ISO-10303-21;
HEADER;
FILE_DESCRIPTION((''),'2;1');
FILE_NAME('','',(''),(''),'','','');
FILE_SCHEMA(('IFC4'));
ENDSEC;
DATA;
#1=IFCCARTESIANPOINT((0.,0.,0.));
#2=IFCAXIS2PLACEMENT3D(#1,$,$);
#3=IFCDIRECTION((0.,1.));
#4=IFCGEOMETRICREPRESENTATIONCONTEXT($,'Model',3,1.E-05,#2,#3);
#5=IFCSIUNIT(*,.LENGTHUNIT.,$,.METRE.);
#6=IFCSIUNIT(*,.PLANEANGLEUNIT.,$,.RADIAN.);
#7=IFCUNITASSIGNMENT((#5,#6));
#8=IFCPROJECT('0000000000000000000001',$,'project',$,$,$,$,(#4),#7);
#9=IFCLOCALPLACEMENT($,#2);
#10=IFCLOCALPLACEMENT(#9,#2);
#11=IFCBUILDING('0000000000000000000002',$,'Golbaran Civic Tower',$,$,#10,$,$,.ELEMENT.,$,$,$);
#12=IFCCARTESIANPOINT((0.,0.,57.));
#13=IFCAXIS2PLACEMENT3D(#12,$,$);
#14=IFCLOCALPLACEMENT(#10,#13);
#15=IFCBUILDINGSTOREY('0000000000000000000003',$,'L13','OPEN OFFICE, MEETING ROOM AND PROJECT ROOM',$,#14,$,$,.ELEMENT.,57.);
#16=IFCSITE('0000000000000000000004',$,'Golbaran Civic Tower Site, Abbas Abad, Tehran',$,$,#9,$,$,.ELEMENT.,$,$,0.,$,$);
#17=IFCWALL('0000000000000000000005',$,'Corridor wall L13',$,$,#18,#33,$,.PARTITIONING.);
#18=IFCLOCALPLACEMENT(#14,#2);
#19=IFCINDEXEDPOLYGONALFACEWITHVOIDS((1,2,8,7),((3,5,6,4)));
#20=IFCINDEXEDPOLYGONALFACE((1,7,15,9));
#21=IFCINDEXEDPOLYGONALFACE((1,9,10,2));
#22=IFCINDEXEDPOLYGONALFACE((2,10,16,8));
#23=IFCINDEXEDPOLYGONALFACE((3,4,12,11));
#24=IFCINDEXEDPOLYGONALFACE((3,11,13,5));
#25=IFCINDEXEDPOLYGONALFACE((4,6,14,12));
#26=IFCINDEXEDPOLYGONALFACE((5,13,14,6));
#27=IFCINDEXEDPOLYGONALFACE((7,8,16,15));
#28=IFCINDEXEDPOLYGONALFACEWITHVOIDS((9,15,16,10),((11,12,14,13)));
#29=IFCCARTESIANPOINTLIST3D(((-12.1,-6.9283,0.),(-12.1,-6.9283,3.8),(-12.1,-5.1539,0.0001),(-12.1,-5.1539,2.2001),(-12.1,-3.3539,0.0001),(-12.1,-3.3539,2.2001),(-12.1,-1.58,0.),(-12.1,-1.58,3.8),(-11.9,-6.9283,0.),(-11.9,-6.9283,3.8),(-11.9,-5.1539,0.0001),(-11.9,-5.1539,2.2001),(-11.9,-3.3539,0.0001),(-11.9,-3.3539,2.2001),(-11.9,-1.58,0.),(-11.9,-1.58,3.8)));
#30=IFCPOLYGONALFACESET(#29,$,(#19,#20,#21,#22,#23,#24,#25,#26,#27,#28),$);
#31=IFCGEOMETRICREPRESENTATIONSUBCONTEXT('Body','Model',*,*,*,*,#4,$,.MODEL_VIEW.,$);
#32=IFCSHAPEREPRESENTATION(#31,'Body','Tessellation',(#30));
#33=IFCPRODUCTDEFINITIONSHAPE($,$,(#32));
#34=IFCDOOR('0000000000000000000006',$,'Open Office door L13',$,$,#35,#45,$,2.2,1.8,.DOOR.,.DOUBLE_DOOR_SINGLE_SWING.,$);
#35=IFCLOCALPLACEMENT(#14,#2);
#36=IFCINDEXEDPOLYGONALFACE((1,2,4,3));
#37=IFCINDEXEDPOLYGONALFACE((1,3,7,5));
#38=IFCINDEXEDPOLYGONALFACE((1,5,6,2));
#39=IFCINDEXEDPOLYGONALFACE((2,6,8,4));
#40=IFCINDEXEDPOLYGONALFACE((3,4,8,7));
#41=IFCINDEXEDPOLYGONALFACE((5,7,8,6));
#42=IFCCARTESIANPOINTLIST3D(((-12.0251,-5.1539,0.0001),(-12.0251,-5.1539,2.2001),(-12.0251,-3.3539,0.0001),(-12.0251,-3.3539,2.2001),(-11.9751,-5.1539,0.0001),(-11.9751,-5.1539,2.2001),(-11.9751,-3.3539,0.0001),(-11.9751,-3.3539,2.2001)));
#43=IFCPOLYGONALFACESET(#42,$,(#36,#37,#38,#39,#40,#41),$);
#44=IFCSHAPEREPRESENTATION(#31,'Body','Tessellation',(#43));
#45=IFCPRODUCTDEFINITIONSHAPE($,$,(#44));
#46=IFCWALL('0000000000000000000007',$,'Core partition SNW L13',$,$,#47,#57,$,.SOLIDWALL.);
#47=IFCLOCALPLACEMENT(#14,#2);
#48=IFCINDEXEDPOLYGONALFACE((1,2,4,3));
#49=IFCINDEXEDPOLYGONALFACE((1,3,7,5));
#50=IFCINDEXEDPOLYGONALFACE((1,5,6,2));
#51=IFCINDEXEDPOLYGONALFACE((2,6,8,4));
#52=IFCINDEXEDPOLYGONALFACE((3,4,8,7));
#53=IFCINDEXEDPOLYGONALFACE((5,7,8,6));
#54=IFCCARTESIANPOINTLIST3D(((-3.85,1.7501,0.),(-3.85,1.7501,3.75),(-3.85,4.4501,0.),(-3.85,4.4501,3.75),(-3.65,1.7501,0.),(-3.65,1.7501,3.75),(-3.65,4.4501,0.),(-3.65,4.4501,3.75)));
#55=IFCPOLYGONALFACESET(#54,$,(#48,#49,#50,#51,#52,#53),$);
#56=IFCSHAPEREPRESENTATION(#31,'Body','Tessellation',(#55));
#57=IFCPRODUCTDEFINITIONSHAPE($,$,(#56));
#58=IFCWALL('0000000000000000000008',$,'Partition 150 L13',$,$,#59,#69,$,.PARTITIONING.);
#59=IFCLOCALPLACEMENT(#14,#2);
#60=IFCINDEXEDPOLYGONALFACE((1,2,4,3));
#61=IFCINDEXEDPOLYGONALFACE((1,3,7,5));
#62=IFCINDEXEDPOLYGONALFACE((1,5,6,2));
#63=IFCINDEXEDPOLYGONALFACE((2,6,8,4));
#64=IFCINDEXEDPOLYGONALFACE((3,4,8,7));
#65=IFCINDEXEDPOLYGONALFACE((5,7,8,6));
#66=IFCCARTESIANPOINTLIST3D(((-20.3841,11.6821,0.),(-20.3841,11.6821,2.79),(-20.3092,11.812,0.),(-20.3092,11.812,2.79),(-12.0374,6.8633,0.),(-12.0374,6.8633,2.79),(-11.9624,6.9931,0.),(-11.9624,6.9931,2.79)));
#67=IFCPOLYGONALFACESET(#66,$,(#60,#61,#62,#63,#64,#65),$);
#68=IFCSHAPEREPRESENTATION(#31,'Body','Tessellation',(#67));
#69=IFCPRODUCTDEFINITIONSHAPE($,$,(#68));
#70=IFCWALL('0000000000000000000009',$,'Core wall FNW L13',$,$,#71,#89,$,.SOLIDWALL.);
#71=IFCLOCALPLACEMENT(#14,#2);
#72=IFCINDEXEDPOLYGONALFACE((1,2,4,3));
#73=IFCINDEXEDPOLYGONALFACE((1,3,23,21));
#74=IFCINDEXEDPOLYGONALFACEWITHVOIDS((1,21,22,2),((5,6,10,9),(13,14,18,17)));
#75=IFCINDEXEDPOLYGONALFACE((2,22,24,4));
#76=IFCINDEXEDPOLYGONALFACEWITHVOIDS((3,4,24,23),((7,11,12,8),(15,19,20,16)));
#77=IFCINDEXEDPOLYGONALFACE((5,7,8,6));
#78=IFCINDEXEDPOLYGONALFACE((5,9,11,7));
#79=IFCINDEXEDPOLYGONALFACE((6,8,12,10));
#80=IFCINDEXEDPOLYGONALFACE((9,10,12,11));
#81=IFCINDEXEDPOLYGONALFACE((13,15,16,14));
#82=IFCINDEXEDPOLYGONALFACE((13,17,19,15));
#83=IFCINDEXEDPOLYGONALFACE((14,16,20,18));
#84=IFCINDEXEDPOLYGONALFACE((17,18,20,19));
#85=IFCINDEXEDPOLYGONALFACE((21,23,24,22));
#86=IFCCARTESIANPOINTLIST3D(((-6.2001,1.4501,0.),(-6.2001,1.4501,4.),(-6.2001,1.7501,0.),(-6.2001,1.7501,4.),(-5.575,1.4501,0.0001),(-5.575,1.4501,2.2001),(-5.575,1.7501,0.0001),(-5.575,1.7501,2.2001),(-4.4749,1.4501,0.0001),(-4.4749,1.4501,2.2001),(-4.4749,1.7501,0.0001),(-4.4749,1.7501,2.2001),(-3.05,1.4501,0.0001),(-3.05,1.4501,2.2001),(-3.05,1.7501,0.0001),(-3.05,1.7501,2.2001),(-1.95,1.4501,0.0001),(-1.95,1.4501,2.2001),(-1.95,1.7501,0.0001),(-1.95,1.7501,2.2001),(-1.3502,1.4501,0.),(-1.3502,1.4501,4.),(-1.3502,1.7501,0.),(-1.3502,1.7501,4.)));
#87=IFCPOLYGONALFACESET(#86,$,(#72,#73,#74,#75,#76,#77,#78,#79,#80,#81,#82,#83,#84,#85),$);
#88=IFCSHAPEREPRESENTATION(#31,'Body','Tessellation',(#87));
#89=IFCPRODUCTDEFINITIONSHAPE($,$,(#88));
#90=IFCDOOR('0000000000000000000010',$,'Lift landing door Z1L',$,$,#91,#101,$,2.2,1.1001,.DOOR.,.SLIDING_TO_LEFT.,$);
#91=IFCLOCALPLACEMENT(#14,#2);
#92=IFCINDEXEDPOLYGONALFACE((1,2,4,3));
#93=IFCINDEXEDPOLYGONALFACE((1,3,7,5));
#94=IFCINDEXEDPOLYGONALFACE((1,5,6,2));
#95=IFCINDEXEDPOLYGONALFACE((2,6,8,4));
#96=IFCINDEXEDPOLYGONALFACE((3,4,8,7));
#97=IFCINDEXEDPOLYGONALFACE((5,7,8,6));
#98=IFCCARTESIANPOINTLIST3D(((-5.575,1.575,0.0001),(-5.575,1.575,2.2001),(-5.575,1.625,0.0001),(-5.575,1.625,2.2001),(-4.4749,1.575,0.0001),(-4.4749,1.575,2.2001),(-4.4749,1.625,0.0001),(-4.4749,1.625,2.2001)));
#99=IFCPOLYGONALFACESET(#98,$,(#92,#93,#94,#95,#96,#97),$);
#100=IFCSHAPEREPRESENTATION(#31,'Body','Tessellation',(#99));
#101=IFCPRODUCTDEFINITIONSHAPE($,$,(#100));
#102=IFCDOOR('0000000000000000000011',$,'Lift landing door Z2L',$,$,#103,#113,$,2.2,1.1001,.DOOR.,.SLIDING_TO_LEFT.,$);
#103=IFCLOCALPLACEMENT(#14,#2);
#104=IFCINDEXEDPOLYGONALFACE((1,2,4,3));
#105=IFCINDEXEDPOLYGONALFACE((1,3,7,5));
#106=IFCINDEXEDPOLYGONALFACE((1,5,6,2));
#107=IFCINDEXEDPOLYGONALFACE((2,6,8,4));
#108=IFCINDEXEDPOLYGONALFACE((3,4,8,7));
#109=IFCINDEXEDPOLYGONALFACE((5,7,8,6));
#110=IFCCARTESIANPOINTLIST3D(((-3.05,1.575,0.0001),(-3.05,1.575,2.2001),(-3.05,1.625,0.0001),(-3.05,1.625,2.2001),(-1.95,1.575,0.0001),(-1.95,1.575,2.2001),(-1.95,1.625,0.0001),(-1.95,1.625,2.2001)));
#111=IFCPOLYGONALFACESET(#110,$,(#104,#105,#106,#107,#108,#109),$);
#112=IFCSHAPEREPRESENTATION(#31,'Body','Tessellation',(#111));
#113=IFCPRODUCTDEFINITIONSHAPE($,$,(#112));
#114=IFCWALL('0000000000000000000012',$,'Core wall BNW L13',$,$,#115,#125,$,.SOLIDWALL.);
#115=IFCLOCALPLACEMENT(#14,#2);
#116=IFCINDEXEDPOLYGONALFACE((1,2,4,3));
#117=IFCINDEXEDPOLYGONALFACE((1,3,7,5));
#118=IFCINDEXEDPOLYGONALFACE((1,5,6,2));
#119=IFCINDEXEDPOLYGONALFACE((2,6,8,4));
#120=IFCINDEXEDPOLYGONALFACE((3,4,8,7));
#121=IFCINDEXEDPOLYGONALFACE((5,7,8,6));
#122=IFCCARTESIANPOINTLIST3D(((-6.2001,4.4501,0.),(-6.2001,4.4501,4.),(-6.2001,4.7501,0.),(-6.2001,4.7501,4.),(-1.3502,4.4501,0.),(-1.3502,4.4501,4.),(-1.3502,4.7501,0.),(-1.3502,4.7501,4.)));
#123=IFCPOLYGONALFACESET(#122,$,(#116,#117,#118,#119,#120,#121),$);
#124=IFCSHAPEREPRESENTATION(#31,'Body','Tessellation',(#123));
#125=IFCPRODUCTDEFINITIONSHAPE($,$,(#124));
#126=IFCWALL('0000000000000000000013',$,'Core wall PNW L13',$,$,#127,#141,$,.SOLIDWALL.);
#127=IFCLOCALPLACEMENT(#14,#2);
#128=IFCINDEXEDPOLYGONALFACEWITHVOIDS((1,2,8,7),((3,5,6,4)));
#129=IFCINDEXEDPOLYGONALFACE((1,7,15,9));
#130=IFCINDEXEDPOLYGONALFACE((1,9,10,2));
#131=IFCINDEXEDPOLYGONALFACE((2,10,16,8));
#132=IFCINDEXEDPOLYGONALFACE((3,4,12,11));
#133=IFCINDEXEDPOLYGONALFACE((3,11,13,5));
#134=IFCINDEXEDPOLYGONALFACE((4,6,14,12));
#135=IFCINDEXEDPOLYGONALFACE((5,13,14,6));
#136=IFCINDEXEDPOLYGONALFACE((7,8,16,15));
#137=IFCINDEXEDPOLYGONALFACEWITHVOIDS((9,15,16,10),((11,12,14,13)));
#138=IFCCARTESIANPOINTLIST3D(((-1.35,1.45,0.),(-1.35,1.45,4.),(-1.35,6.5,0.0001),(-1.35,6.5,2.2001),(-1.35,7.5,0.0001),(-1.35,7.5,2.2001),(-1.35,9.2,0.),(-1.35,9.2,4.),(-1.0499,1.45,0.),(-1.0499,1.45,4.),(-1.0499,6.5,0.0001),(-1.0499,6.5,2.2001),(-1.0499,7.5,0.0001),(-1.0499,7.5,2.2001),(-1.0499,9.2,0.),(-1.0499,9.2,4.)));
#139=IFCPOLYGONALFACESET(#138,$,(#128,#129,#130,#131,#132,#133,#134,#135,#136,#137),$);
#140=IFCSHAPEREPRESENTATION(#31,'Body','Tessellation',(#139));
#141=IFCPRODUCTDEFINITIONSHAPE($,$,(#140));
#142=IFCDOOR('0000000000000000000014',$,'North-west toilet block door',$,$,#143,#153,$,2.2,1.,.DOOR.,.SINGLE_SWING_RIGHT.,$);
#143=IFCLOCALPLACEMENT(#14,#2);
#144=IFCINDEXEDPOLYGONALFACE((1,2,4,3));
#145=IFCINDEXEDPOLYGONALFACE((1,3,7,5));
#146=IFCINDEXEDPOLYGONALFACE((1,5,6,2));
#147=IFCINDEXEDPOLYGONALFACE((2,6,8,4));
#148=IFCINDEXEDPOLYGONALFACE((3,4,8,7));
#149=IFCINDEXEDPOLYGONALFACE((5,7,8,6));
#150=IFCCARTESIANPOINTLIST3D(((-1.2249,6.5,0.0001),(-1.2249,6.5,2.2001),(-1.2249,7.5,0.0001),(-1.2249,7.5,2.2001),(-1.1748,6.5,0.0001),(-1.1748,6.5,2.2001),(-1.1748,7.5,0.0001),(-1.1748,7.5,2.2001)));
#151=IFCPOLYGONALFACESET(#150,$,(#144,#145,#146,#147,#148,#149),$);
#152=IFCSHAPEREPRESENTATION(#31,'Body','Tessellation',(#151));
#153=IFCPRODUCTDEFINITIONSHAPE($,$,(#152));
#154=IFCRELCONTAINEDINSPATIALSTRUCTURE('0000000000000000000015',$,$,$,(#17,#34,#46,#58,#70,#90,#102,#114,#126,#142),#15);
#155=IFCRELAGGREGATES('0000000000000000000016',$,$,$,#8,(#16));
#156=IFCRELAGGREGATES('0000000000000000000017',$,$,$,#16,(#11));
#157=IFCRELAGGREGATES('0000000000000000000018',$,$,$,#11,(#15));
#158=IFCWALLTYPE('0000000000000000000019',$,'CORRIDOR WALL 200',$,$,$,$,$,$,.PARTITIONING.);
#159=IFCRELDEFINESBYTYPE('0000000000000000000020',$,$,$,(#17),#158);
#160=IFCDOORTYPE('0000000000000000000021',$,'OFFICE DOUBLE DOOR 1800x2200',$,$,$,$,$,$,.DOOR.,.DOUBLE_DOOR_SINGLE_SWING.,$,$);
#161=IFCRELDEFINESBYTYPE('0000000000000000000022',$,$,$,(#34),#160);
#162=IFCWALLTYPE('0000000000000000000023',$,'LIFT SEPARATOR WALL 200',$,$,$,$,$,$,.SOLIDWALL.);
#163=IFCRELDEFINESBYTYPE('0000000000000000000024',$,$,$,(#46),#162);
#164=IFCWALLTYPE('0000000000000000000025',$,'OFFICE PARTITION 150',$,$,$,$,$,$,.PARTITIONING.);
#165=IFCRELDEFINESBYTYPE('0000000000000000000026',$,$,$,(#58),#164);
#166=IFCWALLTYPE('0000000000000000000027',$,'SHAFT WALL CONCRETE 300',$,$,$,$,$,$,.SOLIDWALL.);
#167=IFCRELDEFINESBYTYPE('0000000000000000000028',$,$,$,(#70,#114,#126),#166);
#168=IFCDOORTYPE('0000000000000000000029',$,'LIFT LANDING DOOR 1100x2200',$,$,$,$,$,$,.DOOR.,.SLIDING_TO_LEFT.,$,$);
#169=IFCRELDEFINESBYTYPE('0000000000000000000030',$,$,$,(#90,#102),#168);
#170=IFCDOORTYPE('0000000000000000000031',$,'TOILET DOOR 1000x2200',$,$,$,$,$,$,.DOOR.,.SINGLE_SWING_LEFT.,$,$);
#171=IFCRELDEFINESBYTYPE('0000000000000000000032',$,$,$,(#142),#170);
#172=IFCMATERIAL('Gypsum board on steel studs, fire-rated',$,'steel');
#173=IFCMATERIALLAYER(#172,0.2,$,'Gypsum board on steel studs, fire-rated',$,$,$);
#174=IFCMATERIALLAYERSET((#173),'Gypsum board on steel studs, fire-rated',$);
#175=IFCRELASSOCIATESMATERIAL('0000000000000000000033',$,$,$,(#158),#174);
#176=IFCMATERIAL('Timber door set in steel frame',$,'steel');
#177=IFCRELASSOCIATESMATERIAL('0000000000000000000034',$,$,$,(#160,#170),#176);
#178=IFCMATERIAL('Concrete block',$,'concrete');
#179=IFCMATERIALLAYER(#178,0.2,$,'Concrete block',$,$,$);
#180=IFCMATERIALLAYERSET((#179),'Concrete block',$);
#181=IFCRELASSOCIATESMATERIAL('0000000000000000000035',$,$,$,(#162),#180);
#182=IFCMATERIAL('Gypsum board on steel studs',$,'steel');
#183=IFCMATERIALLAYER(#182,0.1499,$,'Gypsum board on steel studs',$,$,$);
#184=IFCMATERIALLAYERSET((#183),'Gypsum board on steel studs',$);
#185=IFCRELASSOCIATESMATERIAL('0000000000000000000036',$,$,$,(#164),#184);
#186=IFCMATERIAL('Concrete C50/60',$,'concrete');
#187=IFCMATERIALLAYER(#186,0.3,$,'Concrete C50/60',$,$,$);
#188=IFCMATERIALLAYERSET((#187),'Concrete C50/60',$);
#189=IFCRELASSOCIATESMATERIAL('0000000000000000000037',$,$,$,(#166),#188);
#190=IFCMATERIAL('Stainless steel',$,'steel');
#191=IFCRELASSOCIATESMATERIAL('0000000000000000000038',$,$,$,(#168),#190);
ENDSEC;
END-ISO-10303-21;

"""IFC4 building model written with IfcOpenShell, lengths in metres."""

from ifc_helpers import new_model, si_unit, direction, frame, frame_2d, origin, place, context, subcontext, project, spatial, rectangle, extrude, material, layer, layer_set, type_object, element, fill, save


model = new_model("IFC4")

# Units and contexts
model_context = context("Model", 3, precision=1e-05, world=origin(), true_north=direction((0.0, 1.0)))
body_context = subcontext(model_context, "Body", "Model", "MODEL_VIEW")
ifc_project = project(units=[si_unit("LENGTHUNIT", "METRE"), si_unit("PLANEANGLEUNIT", "RADIAN")], contexts=[model_context])

# Site, building, storey
site_placement = place(None, origin())
site = spatial("IfcSite", under=ifc_project, at=site_placement, Name="Golbaran Civic Tower Site, Abbas Abad, Tehran", CompositionType="ELEMENT", RefElevation=0.0)
building_placement = place(site_placement, origin())
building = spatial("IfcBuilding", under=site, at=building_placement, Name="Golbaran Civic Tower", CompositionType="ELEMENT")
storey_placement = place(building_placement, frame((0.0, 0.0, 57.0)))
storey = spatial("IfcBuildingStorey", under=building, at=storey_placement, Name="L13", Description="OPEN OFFICE, MEETING ROOM AND PROJECT ROOM", CompositionType="ELEMENT", Elevation=57.0)

# Shared definitions
ifc_material_1 = material(Name="Concrete C50/60", Category="concrete")

# Wall, opening, door
ifc_material_2 = material(Name="Gypsum board on steel studs, fire-rated", Category="steel")
ifc_layer_1 = layer(ifc_material_2, 0.2, Name="Gypsum board on steel studs, fire-rated")
ifc_layer_set_1 = layer_set([ifc_layer_1], Name="Gypsum board on steel studs, fire-rated")
wall_type_1 = type_object("IfcWallType", Name="CORRIDOR WALL 200", PredefinedType="PARTITIONING", material=ifc_layer_set_1)
ifc_material_3 = material(Name="Timber door set in steel frame", Category="steel")
wall_1_placement = place(storey_placement, frame((-12.0, -1.5798, 0.0), z_axis=(0.0, 0.0, 1.0), x_axis=(0.0, -1.0, 0.0)))
wall_1 = element("IfcWall", 1, at=wall_1_placement, inside=storey, type_object=wall_type_1, Name="Corridor wall L13", PredefinedType="PARTITIONING", context=body_context, shape_type="SweptSolid", body=[
    extrude(rectangle(XDim=5.3484, YDim=0.2, at=frame_2d((2.6743, 0.0))), origin(), (0.0, 0.0, 1.0), 3.8),
])
opening_1_placement = place(wall_1_placement, frame((1.7742, 0.0, 0.0)))
opening_1 = element("IfcOpeningElement", 2, at=opening_1_placement, cuts=wall_1, PredefinedType="OPENING", context=body_context, shape_type="SweptSolid", body=[
    extrude(rectangle(XDim=1.8, YDim=2.2, at=frame_2d((0.8999, 1.1001))), frame((0.0, 0.1099, 0.0), z_axis=(0.0, -1.0, 0.0), x_axis=(1.0, 0.0, 0.0)), (0.0, 0.0, 1.0), 0.22),
])
door_type_1 = type_object("IfcDoorType", Name="OFFICE DOUBLE DOOR 1800x2200", OperationType="DOUBLE_DOOR_SINGLE_SWING", PredefinedType="DOOR", material=ifc_material_3)
door_1_placement = place(opening_1_placement, origin())
door_1 = element("IfcDoor", 3, at=door_1_placement, inside=storey, type_object=door_type_1, Name="Open Office door L13", OperationType="DOUBLE_DOOR_SINGLE_SWING", OverallHeight=2.2, OverallWidth=1.8, PredefinedType="DOOR", context=body_context, shape_type="SweptSolid", body=[
    extrude(rectangle(XDim=1.8, YDim=2.2, at=frame_2d((0.8999, 1.1001))), frame((0.0, 0.0249, 0.0), z_axis=(0.0, -1.0, 0.0), x_axis=(1.0, 0.0, 0.0)), (0.0, 0.0, 1.0), 0.05),
])
fill(opening_1, door_1)

# Walls
ifc_material_4 = material(Name="Concrete block", Category="concrete")
ifc_layer_2 = layer(ifc_material_4, 0.2, Name="Concrete block")
ifc_layer_set_2 = layer_set([ifc_layer_2], Name="Concrete block")
wall_type_2 = type_object("IfcWallType", Name="LIFT SEPARATOR WALL 200", PredefinedType="SOLIDWALL", material=ifc_layer_set_2)
wall_2_placement = place(storey_placement, frame((-3.75, 1.75, 0.0), z_axis=(0.0, 0.0, 1.0), x_axis=(0.0, 1.0, 0.0)))
element("IfcWall", 4, at=wall_2_placement, inside=storey, type_object=wall_type_2, Name="Core partition SNW L13", PredefinedType="SOLIDWALL", context=body_context, shape_type="SweptSolid", body=[
    extrude(rectangle(XDim=2.7, YDim=0.2, at=frame_2d((1.3501, 0.0))), origin(), (0.0, 0.0, 1.0), 3.75),
])
ifc_material_5 = material(Name="Gypsum board on steel studs", Category="steel")
ifc_layer_3 = layer(ifc_material_5, 0.1499, Name="Gypsum board on steel studs")
ifc_layer_set_3 = layer_set([ifc_layer_3], Name="Gypsum board on steel studs")
wall_type_3 = type_object("IfcWallType", Name="OFFICE PARTITION 150", PredefinedType="PARTITIONING", material=ifc_layer_set_3)
wall_3_placement = place(storey_placement, frame((-12.0, 6.9282, 0.0), z_axis=(0.0, 0.0, 1.0), x_axis=(-0.86603, 0.499991, 0.0)))
element("IfcWall", 5, at=wall_3_placement, inside=storey, type_object=wall_type_3, Name="Partition 150 L13", PredefinedType="PARTITIONING", context=body_context, shape_type="SweptSolid", body=[
    extrude(rectangle(XDim=9.6379, YDim=0.1499, at=frame_2d((4.8188, 0.0))), origin(), (0.0, 0.0, 1.0), 2.79),
])

# Wall, openings, doors
ifc_layer_4 = layer(ifc_material_1, 0.3, Name="Concrete C50/60")
ifc_layer_set_4 = layer_set([ifc_layer_4], Name="Concrete C50/60")
wall_type_4 = type_object("IfcWallType", Name="SHAFT WALL CONCRETE 300", PredefinedType="SOLIDWALL", material=ifc_layer_set_4)
wall_4_placement = place(storey_placement, frame((-6.2, 1.6001, 0.0), z_axis=(0.0, 0.0, 1.0), x_axis=(1.0, 0.0, 0.0)))
wall_4 = element("IfcWall", 6, at=wall_4_placement, inside=storey, type_object=wall_type_4, Name="Core wall FNW L13", PredefinedType="SOLIDWALL", context=body_context, shape_type="SweptSolid", body=[
    extrude(rectangle(XDim=4.8499, YDim=0.3, at=frame_2d((2.4248, 0.0))), origin(), (0.0, 0.0, 1.0), 4.0),
])
opening_2_placement = place(wall_4_placement, frame((0.625, 0.0, 0.0)))
opening_2 = element("IfcOpeningElement", 7, at=opening_2_placement, cuts=wall_4, PredefinedType="OPENING", context=body_context, shape_type="SweptSolid", body=[
    extrude(rectangle(XDim=1.1001, YDim=2.2, at=frame_2d((0.55, 1.1001))), frame((0.0, 0.1599, 0.0), z_axis=(0.0, -1.0, 0.0), x_axis=(1.0, 0.0, 0.0)), (0.0, 0.0, 1.0), 0.3201),
])
opening_3_placement = place(wall_4_placement, frame((3.1499, 0.0, 0.0)))
opening_3 = element("IfcOpeningElement", 8, at=opening_3_placement, cuts=wall_4, PredefinedType="OPENING", context=body_context, shape_type="SweptSolid", body=[
    extrude(rectangle(XDim=1.1001, YDim=2.2, at=frame_2d((0.55, 1.1001))), frame((0.0, 0.1599, 0.0), z_axis=(0.0, -1.0, 0.0), x_axis=(1.0, 0.0, 0.0)), (0.0, 0.0, 1.0), 0.3201),
])
ifc_material_6 = material(Name="Stainless steel", Category="steel")
door_type_2 = type_object("IfcDoorType", Name="LIFT LANDING DOOR 1100x2200", OperationType="SLIDING_TO_LEFT", PredefinedType="DOOR", material=ifc_material_6)
door_2_placement = place(opening_2_placement, origin())
door_2 = element("IfcDoor", 9, at=door_2_placement, inside=storey, type_object=door_type_2, Name="Lift landing door Z1L", OperationType="SLIDING_TO_LEFT", OverallHeight=2.2, OverallWidth=1.1001, PredefinedType="DOOR", context=body_context, shape_type="SweptSolid", body=[
    extrude(rectangle(XDim=1.1001, YDim=2.2, at=frame_2d((0.55, 1.1001))), frame((0.0, 0.0249, 0.0), z_axis=(0.0, -1.0, 0.0), x_axis=(1.0, 0.0, 0.0)), (0.0, 0.0, 1.0), 0.05),
])
fill(opening_2, door_2)
door_3_placement = place(opening_3_placement, origin())
door_3 = element("IfcDoor", 10, at=door_3_placement, inside=storey, type_object=door_type_2, Name="Lift landing door Z2L", OperationType="SLIDING_TO_LEFT", OverallHeight=2.2, OverallWidth=1.1001, PredefinedType="DOOR", context=body_context, shape_type="SweptSolid", body=[
    extrude(rectangle(XDim=1.1001, YDim=2.2, at=frame_2d((0.55, 1.1001))), frame((0.0, 0.0249, 0.0), z_axis=(0.0, -1.0, 0.0), x_axis=(1.0, 0.0, 0.0)), (0.0, 0.0, 1.0), 0.05),
])
fill(opening_3, door_3)

# Wall
wall_5_placement = place(storey_placement, frame((-6.2, 4.6001, 0.0), z_axis=(0.0, 0.0, 1.0), x_axis=(1.0, 0.0, 0.0)))
element("IfcWall", 11, at=wall_5_placement, inside=storey, type_object=wall_type_4, Name="Core wall BNW L13", PredefinedType="SOLIDWALL", context=body_context, shape_type="SweptSolid", body=[
    extrude(rectangle(XDim=4.8499, YDim=0.3, at=frame_2d((2.4248, 0.0))), origin(), (0.0, 0.0, 1.0), 4.0),
])

# Wall, opening, door
wall_6_placement = place(storey_placement, frame((-1.2, 1.45, 0.0), z_axis=(0.0, 0.0, 1.0), x_axis=(0.0, 1.0, 0.0)))
wall_6 = element("IfcWall", 12, at=wall_6_placement, inside=storey, type_object=wall_type_4, Name="Core wall PNW L13", PredefinedType="SOLIDWALL", context=body_context, shape_type="SweptSolid", body=[
    extrude(rectangle(XDim=7.75, YDim=0.3, at=frame_2d((3.875, 0.0))), origin(), (0.0, 0.0, 1.0), 4.0),
])
opening_4_placement = place(wall_6_placement, frame((5.05, 0.0, 0.0)))
opening_4 = element("IfcOpeningElement", 13, at=opening_4_placement, cuts=wall_6, PredefinedType="OPENING", context=body_context, shape_type="SweptSolid", body=[
    extrude(rectangle(XDim=1.0, YDim=2.2, at=frame_2d((0.5, 1.1001))), frame((0.0, 0.1599, 0.0), z_axis=(0.0, -1.0, 0.0), x_axis=(1.0, 0.0, 0.0)), (0.0, 0.0, 1.0), 0.3201),
])
door_type_3 = type_object("IfcDoorType", Name="TOILET DOOR 1000x2200", OperationType="SINGLE_SWING_LEFT", PredefinedType="DOOR", material=ifc_material_3)
door_4_placement = place(opening_4_placement, origin())
door_4 = element("IfcDoor", 14, at=door_4_placement, inside=storey, type_object=door_type_3, Name="North-west toilet block door", OperationType="SINGLE_SWING_RIGHT", OverallHeight=2.2, OverallWidth=1.0, PredefinedType="DOOR", context=body_context, shape_type="SweptSolid", body=[
    extrude(rectangle(XDim=1.0, YDim=2.2, at=frame_2d((0.5, 1.1001))), frame((0.0, 0.0249, 0.0), z_axis=(0.0, -1.0, 0.0), x_axis=(1.0, 0.0, 0.0)), (0.0, 0.0, 1.0), 0.05),
])
fill(opening_4, door_4)

save(model, "model.ifc")
